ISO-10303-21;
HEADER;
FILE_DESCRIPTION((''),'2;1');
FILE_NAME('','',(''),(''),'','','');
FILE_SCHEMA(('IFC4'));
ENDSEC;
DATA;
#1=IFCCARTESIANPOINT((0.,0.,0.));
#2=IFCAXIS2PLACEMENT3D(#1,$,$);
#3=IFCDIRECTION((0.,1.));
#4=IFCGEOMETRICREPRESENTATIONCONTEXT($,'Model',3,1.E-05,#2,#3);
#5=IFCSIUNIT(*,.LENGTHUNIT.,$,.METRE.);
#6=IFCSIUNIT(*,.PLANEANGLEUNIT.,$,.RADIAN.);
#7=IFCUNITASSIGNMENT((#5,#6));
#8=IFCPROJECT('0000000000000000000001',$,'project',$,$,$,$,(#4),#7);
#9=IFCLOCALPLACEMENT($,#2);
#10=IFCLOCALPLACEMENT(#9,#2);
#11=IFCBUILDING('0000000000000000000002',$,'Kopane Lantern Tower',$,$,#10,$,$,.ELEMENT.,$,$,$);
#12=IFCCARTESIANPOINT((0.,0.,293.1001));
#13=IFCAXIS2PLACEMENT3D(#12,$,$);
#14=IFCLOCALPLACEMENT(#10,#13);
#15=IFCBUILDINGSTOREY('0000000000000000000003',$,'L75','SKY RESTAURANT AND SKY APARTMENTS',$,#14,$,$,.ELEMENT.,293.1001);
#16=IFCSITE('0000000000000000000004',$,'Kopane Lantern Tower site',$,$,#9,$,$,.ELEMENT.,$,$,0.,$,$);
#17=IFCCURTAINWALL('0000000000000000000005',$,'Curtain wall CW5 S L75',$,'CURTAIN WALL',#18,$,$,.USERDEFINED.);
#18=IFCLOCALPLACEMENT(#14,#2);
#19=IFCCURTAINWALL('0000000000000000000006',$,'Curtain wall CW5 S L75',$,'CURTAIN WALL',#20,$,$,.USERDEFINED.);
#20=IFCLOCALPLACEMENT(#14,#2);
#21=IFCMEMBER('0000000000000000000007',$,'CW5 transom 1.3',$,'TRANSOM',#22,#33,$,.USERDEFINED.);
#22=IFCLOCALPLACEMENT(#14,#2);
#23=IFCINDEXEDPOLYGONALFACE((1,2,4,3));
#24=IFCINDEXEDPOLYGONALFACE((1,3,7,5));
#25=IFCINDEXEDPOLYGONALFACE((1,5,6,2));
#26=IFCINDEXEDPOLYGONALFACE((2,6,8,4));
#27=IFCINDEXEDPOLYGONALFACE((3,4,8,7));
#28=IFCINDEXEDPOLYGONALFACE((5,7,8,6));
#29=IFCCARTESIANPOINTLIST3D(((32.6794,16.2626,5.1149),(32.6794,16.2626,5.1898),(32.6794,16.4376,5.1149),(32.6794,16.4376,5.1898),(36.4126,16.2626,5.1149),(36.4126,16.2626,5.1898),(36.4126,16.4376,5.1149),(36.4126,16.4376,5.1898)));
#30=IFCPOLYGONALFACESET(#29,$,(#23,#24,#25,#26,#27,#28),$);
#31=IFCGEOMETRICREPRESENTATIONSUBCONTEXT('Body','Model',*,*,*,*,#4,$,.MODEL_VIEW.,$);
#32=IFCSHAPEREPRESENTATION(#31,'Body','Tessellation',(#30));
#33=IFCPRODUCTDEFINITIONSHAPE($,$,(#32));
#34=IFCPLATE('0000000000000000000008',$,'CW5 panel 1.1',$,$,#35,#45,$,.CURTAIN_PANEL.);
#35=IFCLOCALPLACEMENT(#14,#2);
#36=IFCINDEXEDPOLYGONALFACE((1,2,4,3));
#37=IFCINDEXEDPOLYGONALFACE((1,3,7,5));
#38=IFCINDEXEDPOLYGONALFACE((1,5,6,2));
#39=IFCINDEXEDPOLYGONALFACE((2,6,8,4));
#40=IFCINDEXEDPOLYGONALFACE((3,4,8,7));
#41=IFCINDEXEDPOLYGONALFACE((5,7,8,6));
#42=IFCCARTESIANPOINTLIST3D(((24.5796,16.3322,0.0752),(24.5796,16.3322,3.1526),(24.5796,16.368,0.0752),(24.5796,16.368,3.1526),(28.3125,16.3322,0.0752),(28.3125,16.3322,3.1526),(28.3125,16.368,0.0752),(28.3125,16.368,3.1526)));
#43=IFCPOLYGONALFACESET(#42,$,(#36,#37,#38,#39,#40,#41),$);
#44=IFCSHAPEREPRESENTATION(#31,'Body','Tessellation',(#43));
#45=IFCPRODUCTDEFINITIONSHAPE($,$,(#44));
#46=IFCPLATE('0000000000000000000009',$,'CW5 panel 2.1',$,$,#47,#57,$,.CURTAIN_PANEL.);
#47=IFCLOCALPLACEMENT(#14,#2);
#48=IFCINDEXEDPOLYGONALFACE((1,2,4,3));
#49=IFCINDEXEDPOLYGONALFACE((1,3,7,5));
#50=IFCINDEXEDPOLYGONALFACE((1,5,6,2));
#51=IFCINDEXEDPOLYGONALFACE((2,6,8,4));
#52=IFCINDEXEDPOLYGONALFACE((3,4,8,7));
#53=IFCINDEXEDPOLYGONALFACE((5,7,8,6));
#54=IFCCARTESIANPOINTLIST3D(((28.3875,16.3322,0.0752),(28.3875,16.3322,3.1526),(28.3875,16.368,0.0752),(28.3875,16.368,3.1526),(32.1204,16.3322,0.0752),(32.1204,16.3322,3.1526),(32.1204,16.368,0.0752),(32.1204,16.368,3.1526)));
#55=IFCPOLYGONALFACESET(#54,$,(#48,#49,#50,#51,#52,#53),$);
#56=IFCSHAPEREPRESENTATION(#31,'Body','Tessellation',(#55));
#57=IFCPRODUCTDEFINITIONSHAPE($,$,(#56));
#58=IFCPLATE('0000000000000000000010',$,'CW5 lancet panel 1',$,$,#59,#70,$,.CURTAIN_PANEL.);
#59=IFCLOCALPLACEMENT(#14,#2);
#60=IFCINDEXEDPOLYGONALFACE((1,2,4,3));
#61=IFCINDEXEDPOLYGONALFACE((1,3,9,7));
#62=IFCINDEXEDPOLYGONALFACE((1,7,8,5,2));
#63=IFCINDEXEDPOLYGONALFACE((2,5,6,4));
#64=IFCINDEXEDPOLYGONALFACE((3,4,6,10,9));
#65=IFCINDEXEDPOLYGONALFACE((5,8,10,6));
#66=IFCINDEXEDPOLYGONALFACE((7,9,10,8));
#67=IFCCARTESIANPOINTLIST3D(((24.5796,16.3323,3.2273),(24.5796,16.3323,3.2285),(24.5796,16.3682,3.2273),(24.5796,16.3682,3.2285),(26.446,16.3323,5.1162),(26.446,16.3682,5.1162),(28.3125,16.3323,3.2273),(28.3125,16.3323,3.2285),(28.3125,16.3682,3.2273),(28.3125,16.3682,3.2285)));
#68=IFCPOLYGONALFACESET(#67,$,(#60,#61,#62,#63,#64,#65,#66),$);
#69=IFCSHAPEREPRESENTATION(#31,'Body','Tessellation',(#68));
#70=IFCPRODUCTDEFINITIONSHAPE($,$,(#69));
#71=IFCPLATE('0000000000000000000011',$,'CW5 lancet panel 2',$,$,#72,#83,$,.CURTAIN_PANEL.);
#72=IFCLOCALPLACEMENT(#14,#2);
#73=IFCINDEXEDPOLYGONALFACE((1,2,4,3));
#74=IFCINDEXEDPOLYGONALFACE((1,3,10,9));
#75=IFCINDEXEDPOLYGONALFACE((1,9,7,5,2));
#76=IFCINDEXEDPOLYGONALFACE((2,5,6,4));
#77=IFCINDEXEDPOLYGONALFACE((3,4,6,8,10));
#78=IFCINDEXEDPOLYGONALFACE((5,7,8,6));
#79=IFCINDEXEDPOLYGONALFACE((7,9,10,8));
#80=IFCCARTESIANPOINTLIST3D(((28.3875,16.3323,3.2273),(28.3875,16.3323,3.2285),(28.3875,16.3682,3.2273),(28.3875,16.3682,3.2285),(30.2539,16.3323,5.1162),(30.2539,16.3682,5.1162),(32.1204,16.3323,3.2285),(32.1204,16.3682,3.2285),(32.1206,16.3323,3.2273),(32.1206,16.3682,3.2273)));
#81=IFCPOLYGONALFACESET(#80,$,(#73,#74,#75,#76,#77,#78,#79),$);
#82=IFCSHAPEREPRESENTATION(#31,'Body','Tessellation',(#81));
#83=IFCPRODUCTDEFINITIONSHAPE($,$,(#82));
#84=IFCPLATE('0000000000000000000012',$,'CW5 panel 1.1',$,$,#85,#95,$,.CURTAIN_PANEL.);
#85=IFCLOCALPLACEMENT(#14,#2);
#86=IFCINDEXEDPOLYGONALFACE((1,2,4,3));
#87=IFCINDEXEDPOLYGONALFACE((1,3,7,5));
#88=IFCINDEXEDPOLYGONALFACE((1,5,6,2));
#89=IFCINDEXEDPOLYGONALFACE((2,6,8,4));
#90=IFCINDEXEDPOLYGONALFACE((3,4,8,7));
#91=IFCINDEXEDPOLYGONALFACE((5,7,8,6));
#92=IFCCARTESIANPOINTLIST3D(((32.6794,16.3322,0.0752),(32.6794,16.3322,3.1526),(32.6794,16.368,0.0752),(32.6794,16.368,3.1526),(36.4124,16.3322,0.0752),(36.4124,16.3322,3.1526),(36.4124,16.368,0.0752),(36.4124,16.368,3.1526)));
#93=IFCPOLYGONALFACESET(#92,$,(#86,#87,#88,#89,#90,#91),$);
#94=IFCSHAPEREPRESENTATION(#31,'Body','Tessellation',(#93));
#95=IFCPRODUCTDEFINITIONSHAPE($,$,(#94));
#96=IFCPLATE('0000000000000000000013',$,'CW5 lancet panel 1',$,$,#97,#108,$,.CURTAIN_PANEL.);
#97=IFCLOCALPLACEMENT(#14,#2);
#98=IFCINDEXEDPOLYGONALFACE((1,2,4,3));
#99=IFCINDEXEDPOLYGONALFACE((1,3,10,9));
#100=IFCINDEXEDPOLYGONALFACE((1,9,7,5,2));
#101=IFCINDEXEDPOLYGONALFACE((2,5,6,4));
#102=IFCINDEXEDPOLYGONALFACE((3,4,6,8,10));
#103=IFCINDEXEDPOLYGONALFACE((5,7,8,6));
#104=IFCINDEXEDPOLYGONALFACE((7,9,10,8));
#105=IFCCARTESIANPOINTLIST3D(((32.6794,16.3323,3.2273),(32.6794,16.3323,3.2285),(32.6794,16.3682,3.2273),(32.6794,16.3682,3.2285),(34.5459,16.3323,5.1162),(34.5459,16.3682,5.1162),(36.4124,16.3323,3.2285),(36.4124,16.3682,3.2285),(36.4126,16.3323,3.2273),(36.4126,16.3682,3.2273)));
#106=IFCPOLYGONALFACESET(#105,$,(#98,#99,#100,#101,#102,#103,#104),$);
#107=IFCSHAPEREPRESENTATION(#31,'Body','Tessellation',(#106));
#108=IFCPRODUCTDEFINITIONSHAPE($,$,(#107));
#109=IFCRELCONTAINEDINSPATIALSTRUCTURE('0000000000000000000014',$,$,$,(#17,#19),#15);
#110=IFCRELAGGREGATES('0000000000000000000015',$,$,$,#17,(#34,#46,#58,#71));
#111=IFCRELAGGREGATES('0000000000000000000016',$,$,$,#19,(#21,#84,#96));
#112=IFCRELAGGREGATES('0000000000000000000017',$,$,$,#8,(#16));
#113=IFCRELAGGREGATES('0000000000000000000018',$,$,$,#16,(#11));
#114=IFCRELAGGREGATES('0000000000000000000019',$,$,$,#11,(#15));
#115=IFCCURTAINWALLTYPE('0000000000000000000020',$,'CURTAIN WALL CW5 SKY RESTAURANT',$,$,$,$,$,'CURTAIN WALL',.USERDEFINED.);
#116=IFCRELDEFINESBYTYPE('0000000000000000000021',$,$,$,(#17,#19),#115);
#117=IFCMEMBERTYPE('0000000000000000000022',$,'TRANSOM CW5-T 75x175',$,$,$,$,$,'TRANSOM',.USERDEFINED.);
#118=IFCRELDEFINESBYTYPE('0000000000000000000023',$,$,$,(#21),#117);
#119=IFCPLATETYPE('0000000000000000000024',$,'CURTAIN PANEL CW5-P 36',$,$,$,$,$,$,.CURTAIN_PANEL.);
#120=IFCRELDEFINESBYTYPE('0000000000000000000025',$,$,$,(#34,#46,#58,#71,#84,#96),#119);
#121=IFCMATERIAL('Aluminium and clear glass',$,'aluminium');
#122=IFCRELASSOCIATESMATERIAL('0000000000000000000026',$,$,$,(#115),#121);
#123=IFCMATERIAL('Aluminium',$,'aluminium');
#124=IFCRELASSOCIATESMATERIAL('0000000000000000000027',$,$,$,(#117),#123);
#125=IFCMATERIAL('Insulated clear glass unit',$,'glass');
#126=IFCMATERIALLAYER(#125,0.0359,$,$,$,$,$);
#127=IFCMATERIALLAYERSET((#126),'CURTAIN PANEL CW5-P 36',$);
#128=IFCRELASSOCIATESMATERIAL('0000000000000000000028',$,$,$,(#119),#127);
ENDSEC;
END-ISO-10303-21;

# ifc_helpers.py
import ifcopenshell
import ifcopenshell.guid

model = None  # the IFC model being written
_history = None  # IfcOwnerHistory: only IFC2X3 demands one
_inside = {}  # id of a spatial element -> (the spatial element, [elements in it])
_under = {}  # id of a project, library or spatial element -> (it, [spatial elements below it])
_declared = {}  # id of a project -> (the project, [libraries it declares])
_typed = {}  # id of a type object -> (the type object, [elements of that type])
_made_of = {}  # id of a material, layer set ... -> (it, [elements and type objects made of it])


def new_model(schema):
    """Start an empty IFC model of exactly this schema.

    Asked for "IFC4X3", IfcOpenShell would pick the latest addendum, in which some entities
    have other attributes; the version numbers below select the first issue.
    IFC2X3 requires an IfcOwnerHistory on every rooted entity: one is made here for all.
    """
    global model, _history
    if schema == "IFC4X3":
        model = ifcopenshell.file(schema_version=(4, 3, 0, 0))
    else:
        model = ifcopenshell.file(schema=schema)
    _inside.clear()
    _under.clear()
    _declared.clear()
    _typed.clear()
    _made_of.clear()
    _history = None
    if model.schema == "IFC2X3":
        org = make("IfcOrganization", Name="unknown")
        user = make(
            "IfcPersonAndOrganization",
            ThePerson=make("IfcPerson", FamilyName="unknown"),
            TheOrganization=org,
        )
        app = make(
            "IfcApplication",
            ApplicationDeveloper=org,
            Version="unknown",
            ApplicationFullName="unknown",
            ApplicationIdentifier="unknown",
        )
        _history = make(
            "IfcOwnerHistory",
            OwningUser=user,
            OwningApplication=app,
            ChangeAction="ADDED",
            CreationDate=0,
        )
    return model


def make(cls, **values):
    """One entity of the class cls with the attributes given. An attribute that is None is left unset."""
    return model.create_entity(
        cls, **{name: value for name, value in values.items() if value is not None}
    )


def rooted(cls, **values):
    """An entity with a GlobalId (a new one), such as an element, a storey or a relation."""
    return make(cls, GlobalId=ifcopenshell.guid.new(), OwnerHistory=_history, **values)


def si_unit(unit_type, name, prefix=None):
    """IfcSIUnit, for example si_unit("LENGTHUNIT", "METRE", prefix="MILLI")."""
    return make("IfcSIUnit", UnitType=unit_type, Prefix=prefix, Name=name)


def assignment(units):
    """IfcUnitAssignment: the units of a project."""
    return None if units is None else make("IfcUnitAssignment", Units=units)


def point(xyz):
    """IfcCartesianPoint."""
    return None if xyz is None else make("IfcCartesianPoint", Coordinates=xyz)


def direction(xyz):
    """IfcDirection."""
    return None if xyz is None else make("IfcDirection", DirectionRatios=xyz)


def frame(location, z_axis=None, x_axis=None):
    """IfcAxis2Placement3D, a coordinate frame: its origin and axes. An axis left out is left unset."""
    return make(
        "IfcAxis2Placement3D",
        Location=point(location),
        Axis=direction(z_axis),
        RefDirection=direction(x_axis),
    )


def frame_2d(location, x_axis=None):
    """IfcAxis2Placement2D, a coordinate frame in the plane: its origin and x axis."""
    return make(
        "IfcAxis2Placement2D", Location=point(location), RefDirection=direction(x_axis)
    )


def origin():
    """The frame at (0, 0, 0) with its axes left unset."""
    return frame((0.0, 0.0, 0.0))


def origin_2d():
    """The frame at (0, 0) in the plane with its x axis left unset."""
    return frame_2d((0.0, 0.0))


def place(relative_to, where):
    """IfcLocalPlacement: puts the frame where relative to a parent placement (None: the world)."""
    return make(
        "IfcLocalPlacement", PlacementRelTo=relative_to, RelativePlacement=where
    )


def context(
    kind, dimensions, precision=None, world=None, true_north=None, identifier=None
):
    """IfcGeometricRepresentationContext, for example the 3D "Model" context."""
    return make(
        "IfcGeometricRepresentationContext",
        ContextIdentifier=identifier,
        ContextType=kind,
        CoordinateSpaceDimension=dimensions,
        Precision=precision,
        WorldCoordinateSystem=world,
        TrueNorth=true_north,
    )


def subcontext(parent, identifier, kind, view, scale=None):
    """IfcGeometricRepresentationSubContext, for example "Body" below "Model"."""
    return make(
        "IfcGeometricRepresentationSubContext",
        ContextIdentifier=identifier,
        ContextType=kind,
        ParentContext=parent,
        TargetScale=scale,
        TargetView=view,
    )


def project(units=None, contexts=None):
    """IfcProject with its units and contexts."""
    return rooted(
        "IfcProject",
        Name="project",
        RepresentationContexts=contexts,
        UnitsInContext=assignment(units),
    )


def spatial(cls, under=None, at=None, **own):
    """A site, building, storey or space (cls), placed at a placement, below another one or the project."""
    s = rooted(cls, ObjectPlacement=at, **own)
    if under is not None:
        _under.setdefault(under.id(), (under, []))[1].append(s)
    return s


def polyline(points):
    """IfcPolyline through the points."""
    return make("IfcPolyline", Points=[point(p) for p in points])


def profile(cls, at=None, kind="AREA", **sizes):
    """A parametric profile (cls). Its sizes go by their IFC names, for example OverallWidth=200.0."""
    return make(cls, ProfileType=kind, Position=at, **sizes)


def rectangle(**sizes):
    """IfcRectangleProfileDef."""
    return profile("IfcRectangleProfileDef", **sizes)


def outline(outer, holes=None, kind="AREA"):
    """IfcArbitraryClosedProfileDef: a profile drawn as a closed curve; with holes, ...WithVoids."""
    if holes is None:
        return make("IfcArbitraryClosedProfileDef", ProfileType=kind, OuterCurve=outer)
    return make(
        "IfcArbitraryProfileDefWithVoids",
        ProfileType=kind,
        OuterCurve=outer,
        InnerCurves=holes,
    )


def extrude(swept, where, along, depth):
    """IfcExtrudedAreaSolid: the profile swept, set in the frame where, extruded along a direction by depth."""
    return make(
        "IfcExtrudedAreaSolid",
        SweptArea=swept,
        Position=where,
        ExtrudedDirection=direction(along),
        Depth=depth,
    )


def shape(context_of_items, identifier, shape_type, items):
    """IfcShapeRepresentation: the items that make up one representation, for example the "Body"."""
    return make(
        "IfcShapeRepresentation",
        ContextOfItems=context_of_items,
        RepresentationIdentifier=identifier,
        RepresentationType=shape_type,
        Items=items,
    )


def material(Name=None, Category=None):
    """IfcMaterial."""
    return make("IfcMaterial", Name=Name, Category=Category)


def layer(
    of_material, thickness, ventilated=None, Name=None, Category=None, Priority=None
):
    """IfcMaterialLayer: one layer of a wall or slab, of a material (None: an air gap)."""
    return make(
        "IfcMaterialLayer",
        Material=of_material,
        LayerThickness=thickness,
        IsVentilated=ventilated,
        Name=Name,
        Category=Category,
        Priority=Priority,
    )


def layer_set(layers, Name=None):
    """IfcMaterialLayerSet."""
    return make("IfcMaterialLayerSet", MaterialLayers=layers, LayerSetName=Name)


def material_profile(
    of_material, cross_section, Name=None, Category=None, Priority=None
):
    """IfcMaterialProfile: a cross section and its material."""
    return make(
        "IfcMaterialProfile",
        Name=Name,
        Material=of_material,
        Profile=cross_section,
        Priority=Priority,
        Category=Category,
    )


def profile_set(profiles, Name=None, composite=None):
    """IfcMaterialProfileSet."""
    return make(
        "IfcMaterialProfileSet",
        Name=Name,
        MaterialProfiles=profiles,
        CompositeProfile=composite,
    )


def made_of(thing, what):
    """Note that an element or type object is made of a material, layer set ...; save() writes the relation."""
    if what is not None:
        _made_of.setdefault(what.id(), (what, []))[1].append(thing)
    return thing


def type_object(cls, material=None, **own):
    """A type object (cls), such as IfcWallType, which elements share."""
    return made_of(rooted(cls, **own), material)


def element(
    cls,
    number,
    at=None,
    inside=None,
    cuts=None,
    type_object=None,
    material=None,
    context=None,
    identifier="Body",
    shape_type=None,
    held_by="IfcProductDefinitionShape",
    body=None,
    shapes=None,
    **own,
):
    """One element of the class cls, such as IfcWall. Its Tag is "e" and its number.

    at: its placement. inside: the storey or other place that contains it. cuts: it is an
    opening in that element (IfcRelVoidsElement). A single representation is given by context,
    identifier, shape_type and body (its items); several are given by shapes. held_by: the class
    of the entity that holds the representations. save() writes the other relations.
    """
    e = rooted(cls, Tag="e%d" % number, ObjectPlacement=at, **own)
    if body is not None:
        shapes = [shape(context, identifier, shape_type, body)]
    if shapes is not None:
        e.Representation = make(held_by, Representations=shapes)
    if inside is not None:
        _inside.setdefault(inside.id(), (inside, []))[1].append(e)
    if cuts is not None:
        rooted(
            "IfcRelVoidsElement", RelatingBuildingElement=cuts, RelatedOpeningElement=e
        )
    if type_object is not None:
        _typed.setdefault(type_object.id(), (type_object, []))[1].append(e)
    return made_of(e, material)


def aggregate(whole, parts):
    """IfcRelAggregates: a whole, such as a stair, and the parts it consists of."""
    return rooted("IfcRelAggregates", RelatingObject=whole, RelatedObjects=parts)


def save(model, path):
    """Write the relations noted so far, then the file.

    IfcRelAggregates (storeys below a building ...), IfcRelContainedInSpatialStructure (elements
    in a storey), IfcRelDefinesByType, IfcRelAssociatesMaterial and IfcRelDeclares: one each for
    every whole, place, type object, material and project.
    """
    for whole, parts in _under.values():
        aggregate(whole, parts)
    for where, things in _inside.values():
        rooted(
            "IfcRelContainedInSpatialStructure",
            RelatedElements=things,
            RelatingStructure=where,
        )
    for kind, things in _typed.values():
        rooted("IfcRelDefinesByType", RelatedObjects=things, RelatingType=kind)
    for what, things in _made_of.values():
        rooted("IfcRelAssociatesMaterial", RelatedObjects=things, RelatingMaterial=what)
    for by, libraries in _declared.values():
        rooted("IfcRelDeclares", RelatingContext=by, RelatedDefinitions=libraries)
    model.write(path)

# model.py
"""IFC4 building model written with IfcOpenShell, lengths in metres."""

from ifc_helpers import new_model, si_unit, direction, frame, origin, origin_2d, place, context, subcontext, project, spatial, polyline, rectangle, outline, extrude, material, layer, layer_set, material_profile, profile_set, type_object, element, aggregate, save


model = new_model("IFC4")

# Units and contexts
model_context = context("Model", 3, precision=1e-05, world=origin(), true_north=direction((0.0, 1.0)))
body_context = subcontext(model_context, "Body", "Model", "MODEL_VIEW")
ifc_project = project(units=[si_unit("LENGTHUNIT", "METRE"), si_unit("PLANEANGLEUNIT", "RADIAN")], contexts=[model_context])

# Site, building, storey
site_placement = place(None, origin())
site = spatial("IfcSite", under=ifc_project, at=site_placement, Name="Kopane Lantern Tower site", CompositionType="ELEMENT", RefElevation=0.0)
building_placement = place(site_placement, origin())
building = spatial("IfcBuilding", under=site, at=building_placement, Name="Kopane Lantern Tower", CompositionType="ELEMENT")
storey_placement = place(building_placement, frame((0.0, 0.0, 293.1001)))
storey = spatial("IfcBuildingStorey", under=building, at=storey_placement, Name="L75", Description="SKY RESTAURANT AND SKY APARTMENTS", CompositionType="ELEMENT", Elevation=293.1001)

# Curtain walls
ifc_material_1 = material(Name="Aluminium and clear glass", Category="aluminium")
curtain_wall_type = type_object("IfcCurtainWallType", Name="CURTAIN WALL CW5 SKY RESTAURANT", ElementType="CURTAIN WALL", PredefinedType="USERDEFINED", material=ifc_material_1)
curtain_wall_1_placement = place(storey_placement, origin())
curtain_wall_1 = element("IfcCurtainWall", 1, at=curtain_wall_1_placement, inside=storey, type_object=curtain_wall_type, Name="Curtain wall CW5 S L75", ObjectType="CURTAIN WALL", PredefinedType="USERDEFINED")
curtain_wall_2_placement = place(storey_placement, origin())
curtain_wall_2 = element("IfcCurtainWall", 2, at=curtain_wall_2_placement, inside=storey, type_object=curtain_wall_type, Name="Curtain wall CW5 S L75", ObjectType="CURTAIN WALL", PredefinedType="USERDEFINED")

# Member
ifc_material_2 = material(Name="Aluminium", Category="aluminium")
ifc_material_profile_1 = material_profile(ifc_material_2, rectangle(XDim=0.175, YDim=0.075, at=origin_2d()), Name="AL 175x75")
ifc_profile_set_1 = profile_set([ifc_material_profile_1], Name="Aluminium")
member_type_1 = type_object("IfcMemberType", Name="TRANSOM CW5-T 75x175", ElementType="TRANSOM", PredefinedType="USERDEFINED", material=ifc_profile_set_1)
member_1_placement = place(storey_placement, frame((32.6794, 16.3501, 5.1523), z_axis=(1.0, 0.0, 0.0), x_axis=(0.0, 1.0, 0.0)))
member_1 = element("IfcMember", 3, at=member_1_placement, type_object=member_type_1, Name="CW5 transom 1.3", ObjectType="TRANSOM", PredefinedType="USERDEFINED", context=body_context, shape_type="SweptSolid", body=[
    extrude(rectangle(XDim=0.175, YDim=0.075, at=origin_2d()), origin(), (0.0, 0.0, 1.0), 3.7332),
])

# Plates
ifc_material_3 = material(Name="Insulated clear glass unit", Category="glass")
ifc_layer = layer(ifc_material_3, 0.0359)
ifc_layer_set = layer_set([ifc_layer], Name="CURTAIN PANEL CW5-P 36")
plate_type = type_object("IfcPlateType", Name="CURTAIN PANEL CW5-P 36", PredefinedType="CURTAIN_PANEL", material=ifc_layer_set)
plate_1_placement = place(storey_placement, frame((26.446, 16.3501, 0.0752), z_axis=(0.0, 0.0, 1.0), x_axis=(1.0, 0.0, 0.0)))
plate_1 = element("IfcPlate", 4, at=plate_1_placement, type_object=plate_type, Name="CW5 panel 1.1", PredefinedType="CURTAIN_PANEL", context=body_context, shape_type="SweptSolid", body=[
    extrude(rectangle(XDim=3.7329, YDim=0.0359, at=origin_2d()), origin(), (0.0, 0.0, 1.0), 3.0774),
])
plate_2_placement = place(storey_placement, frame((30.2539, 16.3501, 0.0752), z_axis=(0.0, 0.0, 1.0), x_axis=(1.0, 0.0, 0.0)))
plate_2 = element("IfcPlate", 5, at=plate_2_placement, type_object=plate_type, Name="CW5 panel 2.1", PredefinedType="CURTAIN_PANEL", context=body_context, shape_type="SweptSolid", body=[
    extrude(rectangle(XDim=3.7329, YDim=0.0359, at=origin_2d()), origin(), (0.0, 0.0, 1.0), 3.0774),
])
plate_3_placement = place(storey_placement, frame((24.5796, 16.3501, 3.2273), z_axis=(0.0, 0.0, 1.0), x_axis=(1.0, 0.0, 0.0)))
plate_3 = element("IfcPlate", 6, at=plate_3_placement, type_object=plate_type, Name="CW5 lancet panel 1", PredefinedType="CURTAIN_PANEL", context=body_context, shape_type="SweptSolid", body=[
    extrude(outline(polyline([(0.0, 0.0), (3.7329, 0.0), (3.7329, 0.0012), (1.8665, 1.8889), (0.0, 0.0012), (0.0, 0.0)])), frame((0.0, 0.0181, 0.0), z_axis=(0.0, -1.0, 0.0), x_axis=(1.0, 0.0, 0.0)), (0.0, 0.0, 1.0), 0.0359),
])
plate_4_placement = place(storey_placement, frame((28.3875, 16.3501, 3.2273), z_axis=(0.0, 0.0, 1.0), x_axis=(1.0, 0.0, 0.0)))
plate_4 = element("IfcPlate", 7, at=plate_4_placement, type_object=plate_type, Name="CW5 lancet panel 2", PredefinedType="CURTAIN_PANEL", context=body_context, shape_type="SweptSolid", body=[
    extrude(outline(polyline([(0.0, 0.0), (3.7332, 0.0), (3.7329, 0.0012), (1.8665, 1.8889), (0.0, 0.0012), (0.0, 0.0)])), frame((0.0, 0.0181, 0.0), z_axis=(0.0, -1.0, 0.0), x_axis=(1.0, 0.0, 0.0)), (0.0, 0.0, 1.0), 0.0359),
])
aggregate(curtain_wall_1, [plate_1, plate_2, plate_3, plate_4])
plate_5_placement = place(storey_placement, frame((34.5459, 16.3501, 0.0752), z_axis=(0.0, 0.0, 1.0), x_axis=(1.0, 0.0, 0.0)))
plate_5 = element("IfcPlate", 8, at=plate_5_placement, type_object=plate_type, Name="CW5 panel 1.1", PredefinedType="CURTAIN_PANEL", context=body_context, shape_type="SweptSolid", body=[
    extrude(rectangle(XDim=3.7329, YDim=0.0359, at=origin_2d()), origin(), (0.0, 0.0, 1.0), 3.0774),
])
plate_6_placement = place(storey_placement, frame((32.6794, 16.3501, 3.2273), z_axis=(0.0, 0.0, 1.0), x_axis=(1.0, 0.0, 0.0)))
plate_6 = element("IfcPlate", 9, at=plate_6_placement, type_object=plate_type, Name="CW5 lancet panel 1", PredefinedType="CURTAIN_PANEL", context=body_context, shape_type="SweptSolid", body=[
    extrude(outline(polyline([(0.0, 0.0), (3.7332, 0.0), (3.7329, 0.0012), (1.8665, 1.8889), (0.0, 0.0012), (0.0, 0.0)])), frame((0.0, 0.0181, 0.0), z_axis=(0.0, -1.0, 0.0), x_axis=(1.0, 0.0, 0.0)), (0.0, 0.0, 1.0), 0.0359),
])
aggregate(curtain_wall_2, [member_1, plate_5, plate_6])

save(model, "model.ifc")
